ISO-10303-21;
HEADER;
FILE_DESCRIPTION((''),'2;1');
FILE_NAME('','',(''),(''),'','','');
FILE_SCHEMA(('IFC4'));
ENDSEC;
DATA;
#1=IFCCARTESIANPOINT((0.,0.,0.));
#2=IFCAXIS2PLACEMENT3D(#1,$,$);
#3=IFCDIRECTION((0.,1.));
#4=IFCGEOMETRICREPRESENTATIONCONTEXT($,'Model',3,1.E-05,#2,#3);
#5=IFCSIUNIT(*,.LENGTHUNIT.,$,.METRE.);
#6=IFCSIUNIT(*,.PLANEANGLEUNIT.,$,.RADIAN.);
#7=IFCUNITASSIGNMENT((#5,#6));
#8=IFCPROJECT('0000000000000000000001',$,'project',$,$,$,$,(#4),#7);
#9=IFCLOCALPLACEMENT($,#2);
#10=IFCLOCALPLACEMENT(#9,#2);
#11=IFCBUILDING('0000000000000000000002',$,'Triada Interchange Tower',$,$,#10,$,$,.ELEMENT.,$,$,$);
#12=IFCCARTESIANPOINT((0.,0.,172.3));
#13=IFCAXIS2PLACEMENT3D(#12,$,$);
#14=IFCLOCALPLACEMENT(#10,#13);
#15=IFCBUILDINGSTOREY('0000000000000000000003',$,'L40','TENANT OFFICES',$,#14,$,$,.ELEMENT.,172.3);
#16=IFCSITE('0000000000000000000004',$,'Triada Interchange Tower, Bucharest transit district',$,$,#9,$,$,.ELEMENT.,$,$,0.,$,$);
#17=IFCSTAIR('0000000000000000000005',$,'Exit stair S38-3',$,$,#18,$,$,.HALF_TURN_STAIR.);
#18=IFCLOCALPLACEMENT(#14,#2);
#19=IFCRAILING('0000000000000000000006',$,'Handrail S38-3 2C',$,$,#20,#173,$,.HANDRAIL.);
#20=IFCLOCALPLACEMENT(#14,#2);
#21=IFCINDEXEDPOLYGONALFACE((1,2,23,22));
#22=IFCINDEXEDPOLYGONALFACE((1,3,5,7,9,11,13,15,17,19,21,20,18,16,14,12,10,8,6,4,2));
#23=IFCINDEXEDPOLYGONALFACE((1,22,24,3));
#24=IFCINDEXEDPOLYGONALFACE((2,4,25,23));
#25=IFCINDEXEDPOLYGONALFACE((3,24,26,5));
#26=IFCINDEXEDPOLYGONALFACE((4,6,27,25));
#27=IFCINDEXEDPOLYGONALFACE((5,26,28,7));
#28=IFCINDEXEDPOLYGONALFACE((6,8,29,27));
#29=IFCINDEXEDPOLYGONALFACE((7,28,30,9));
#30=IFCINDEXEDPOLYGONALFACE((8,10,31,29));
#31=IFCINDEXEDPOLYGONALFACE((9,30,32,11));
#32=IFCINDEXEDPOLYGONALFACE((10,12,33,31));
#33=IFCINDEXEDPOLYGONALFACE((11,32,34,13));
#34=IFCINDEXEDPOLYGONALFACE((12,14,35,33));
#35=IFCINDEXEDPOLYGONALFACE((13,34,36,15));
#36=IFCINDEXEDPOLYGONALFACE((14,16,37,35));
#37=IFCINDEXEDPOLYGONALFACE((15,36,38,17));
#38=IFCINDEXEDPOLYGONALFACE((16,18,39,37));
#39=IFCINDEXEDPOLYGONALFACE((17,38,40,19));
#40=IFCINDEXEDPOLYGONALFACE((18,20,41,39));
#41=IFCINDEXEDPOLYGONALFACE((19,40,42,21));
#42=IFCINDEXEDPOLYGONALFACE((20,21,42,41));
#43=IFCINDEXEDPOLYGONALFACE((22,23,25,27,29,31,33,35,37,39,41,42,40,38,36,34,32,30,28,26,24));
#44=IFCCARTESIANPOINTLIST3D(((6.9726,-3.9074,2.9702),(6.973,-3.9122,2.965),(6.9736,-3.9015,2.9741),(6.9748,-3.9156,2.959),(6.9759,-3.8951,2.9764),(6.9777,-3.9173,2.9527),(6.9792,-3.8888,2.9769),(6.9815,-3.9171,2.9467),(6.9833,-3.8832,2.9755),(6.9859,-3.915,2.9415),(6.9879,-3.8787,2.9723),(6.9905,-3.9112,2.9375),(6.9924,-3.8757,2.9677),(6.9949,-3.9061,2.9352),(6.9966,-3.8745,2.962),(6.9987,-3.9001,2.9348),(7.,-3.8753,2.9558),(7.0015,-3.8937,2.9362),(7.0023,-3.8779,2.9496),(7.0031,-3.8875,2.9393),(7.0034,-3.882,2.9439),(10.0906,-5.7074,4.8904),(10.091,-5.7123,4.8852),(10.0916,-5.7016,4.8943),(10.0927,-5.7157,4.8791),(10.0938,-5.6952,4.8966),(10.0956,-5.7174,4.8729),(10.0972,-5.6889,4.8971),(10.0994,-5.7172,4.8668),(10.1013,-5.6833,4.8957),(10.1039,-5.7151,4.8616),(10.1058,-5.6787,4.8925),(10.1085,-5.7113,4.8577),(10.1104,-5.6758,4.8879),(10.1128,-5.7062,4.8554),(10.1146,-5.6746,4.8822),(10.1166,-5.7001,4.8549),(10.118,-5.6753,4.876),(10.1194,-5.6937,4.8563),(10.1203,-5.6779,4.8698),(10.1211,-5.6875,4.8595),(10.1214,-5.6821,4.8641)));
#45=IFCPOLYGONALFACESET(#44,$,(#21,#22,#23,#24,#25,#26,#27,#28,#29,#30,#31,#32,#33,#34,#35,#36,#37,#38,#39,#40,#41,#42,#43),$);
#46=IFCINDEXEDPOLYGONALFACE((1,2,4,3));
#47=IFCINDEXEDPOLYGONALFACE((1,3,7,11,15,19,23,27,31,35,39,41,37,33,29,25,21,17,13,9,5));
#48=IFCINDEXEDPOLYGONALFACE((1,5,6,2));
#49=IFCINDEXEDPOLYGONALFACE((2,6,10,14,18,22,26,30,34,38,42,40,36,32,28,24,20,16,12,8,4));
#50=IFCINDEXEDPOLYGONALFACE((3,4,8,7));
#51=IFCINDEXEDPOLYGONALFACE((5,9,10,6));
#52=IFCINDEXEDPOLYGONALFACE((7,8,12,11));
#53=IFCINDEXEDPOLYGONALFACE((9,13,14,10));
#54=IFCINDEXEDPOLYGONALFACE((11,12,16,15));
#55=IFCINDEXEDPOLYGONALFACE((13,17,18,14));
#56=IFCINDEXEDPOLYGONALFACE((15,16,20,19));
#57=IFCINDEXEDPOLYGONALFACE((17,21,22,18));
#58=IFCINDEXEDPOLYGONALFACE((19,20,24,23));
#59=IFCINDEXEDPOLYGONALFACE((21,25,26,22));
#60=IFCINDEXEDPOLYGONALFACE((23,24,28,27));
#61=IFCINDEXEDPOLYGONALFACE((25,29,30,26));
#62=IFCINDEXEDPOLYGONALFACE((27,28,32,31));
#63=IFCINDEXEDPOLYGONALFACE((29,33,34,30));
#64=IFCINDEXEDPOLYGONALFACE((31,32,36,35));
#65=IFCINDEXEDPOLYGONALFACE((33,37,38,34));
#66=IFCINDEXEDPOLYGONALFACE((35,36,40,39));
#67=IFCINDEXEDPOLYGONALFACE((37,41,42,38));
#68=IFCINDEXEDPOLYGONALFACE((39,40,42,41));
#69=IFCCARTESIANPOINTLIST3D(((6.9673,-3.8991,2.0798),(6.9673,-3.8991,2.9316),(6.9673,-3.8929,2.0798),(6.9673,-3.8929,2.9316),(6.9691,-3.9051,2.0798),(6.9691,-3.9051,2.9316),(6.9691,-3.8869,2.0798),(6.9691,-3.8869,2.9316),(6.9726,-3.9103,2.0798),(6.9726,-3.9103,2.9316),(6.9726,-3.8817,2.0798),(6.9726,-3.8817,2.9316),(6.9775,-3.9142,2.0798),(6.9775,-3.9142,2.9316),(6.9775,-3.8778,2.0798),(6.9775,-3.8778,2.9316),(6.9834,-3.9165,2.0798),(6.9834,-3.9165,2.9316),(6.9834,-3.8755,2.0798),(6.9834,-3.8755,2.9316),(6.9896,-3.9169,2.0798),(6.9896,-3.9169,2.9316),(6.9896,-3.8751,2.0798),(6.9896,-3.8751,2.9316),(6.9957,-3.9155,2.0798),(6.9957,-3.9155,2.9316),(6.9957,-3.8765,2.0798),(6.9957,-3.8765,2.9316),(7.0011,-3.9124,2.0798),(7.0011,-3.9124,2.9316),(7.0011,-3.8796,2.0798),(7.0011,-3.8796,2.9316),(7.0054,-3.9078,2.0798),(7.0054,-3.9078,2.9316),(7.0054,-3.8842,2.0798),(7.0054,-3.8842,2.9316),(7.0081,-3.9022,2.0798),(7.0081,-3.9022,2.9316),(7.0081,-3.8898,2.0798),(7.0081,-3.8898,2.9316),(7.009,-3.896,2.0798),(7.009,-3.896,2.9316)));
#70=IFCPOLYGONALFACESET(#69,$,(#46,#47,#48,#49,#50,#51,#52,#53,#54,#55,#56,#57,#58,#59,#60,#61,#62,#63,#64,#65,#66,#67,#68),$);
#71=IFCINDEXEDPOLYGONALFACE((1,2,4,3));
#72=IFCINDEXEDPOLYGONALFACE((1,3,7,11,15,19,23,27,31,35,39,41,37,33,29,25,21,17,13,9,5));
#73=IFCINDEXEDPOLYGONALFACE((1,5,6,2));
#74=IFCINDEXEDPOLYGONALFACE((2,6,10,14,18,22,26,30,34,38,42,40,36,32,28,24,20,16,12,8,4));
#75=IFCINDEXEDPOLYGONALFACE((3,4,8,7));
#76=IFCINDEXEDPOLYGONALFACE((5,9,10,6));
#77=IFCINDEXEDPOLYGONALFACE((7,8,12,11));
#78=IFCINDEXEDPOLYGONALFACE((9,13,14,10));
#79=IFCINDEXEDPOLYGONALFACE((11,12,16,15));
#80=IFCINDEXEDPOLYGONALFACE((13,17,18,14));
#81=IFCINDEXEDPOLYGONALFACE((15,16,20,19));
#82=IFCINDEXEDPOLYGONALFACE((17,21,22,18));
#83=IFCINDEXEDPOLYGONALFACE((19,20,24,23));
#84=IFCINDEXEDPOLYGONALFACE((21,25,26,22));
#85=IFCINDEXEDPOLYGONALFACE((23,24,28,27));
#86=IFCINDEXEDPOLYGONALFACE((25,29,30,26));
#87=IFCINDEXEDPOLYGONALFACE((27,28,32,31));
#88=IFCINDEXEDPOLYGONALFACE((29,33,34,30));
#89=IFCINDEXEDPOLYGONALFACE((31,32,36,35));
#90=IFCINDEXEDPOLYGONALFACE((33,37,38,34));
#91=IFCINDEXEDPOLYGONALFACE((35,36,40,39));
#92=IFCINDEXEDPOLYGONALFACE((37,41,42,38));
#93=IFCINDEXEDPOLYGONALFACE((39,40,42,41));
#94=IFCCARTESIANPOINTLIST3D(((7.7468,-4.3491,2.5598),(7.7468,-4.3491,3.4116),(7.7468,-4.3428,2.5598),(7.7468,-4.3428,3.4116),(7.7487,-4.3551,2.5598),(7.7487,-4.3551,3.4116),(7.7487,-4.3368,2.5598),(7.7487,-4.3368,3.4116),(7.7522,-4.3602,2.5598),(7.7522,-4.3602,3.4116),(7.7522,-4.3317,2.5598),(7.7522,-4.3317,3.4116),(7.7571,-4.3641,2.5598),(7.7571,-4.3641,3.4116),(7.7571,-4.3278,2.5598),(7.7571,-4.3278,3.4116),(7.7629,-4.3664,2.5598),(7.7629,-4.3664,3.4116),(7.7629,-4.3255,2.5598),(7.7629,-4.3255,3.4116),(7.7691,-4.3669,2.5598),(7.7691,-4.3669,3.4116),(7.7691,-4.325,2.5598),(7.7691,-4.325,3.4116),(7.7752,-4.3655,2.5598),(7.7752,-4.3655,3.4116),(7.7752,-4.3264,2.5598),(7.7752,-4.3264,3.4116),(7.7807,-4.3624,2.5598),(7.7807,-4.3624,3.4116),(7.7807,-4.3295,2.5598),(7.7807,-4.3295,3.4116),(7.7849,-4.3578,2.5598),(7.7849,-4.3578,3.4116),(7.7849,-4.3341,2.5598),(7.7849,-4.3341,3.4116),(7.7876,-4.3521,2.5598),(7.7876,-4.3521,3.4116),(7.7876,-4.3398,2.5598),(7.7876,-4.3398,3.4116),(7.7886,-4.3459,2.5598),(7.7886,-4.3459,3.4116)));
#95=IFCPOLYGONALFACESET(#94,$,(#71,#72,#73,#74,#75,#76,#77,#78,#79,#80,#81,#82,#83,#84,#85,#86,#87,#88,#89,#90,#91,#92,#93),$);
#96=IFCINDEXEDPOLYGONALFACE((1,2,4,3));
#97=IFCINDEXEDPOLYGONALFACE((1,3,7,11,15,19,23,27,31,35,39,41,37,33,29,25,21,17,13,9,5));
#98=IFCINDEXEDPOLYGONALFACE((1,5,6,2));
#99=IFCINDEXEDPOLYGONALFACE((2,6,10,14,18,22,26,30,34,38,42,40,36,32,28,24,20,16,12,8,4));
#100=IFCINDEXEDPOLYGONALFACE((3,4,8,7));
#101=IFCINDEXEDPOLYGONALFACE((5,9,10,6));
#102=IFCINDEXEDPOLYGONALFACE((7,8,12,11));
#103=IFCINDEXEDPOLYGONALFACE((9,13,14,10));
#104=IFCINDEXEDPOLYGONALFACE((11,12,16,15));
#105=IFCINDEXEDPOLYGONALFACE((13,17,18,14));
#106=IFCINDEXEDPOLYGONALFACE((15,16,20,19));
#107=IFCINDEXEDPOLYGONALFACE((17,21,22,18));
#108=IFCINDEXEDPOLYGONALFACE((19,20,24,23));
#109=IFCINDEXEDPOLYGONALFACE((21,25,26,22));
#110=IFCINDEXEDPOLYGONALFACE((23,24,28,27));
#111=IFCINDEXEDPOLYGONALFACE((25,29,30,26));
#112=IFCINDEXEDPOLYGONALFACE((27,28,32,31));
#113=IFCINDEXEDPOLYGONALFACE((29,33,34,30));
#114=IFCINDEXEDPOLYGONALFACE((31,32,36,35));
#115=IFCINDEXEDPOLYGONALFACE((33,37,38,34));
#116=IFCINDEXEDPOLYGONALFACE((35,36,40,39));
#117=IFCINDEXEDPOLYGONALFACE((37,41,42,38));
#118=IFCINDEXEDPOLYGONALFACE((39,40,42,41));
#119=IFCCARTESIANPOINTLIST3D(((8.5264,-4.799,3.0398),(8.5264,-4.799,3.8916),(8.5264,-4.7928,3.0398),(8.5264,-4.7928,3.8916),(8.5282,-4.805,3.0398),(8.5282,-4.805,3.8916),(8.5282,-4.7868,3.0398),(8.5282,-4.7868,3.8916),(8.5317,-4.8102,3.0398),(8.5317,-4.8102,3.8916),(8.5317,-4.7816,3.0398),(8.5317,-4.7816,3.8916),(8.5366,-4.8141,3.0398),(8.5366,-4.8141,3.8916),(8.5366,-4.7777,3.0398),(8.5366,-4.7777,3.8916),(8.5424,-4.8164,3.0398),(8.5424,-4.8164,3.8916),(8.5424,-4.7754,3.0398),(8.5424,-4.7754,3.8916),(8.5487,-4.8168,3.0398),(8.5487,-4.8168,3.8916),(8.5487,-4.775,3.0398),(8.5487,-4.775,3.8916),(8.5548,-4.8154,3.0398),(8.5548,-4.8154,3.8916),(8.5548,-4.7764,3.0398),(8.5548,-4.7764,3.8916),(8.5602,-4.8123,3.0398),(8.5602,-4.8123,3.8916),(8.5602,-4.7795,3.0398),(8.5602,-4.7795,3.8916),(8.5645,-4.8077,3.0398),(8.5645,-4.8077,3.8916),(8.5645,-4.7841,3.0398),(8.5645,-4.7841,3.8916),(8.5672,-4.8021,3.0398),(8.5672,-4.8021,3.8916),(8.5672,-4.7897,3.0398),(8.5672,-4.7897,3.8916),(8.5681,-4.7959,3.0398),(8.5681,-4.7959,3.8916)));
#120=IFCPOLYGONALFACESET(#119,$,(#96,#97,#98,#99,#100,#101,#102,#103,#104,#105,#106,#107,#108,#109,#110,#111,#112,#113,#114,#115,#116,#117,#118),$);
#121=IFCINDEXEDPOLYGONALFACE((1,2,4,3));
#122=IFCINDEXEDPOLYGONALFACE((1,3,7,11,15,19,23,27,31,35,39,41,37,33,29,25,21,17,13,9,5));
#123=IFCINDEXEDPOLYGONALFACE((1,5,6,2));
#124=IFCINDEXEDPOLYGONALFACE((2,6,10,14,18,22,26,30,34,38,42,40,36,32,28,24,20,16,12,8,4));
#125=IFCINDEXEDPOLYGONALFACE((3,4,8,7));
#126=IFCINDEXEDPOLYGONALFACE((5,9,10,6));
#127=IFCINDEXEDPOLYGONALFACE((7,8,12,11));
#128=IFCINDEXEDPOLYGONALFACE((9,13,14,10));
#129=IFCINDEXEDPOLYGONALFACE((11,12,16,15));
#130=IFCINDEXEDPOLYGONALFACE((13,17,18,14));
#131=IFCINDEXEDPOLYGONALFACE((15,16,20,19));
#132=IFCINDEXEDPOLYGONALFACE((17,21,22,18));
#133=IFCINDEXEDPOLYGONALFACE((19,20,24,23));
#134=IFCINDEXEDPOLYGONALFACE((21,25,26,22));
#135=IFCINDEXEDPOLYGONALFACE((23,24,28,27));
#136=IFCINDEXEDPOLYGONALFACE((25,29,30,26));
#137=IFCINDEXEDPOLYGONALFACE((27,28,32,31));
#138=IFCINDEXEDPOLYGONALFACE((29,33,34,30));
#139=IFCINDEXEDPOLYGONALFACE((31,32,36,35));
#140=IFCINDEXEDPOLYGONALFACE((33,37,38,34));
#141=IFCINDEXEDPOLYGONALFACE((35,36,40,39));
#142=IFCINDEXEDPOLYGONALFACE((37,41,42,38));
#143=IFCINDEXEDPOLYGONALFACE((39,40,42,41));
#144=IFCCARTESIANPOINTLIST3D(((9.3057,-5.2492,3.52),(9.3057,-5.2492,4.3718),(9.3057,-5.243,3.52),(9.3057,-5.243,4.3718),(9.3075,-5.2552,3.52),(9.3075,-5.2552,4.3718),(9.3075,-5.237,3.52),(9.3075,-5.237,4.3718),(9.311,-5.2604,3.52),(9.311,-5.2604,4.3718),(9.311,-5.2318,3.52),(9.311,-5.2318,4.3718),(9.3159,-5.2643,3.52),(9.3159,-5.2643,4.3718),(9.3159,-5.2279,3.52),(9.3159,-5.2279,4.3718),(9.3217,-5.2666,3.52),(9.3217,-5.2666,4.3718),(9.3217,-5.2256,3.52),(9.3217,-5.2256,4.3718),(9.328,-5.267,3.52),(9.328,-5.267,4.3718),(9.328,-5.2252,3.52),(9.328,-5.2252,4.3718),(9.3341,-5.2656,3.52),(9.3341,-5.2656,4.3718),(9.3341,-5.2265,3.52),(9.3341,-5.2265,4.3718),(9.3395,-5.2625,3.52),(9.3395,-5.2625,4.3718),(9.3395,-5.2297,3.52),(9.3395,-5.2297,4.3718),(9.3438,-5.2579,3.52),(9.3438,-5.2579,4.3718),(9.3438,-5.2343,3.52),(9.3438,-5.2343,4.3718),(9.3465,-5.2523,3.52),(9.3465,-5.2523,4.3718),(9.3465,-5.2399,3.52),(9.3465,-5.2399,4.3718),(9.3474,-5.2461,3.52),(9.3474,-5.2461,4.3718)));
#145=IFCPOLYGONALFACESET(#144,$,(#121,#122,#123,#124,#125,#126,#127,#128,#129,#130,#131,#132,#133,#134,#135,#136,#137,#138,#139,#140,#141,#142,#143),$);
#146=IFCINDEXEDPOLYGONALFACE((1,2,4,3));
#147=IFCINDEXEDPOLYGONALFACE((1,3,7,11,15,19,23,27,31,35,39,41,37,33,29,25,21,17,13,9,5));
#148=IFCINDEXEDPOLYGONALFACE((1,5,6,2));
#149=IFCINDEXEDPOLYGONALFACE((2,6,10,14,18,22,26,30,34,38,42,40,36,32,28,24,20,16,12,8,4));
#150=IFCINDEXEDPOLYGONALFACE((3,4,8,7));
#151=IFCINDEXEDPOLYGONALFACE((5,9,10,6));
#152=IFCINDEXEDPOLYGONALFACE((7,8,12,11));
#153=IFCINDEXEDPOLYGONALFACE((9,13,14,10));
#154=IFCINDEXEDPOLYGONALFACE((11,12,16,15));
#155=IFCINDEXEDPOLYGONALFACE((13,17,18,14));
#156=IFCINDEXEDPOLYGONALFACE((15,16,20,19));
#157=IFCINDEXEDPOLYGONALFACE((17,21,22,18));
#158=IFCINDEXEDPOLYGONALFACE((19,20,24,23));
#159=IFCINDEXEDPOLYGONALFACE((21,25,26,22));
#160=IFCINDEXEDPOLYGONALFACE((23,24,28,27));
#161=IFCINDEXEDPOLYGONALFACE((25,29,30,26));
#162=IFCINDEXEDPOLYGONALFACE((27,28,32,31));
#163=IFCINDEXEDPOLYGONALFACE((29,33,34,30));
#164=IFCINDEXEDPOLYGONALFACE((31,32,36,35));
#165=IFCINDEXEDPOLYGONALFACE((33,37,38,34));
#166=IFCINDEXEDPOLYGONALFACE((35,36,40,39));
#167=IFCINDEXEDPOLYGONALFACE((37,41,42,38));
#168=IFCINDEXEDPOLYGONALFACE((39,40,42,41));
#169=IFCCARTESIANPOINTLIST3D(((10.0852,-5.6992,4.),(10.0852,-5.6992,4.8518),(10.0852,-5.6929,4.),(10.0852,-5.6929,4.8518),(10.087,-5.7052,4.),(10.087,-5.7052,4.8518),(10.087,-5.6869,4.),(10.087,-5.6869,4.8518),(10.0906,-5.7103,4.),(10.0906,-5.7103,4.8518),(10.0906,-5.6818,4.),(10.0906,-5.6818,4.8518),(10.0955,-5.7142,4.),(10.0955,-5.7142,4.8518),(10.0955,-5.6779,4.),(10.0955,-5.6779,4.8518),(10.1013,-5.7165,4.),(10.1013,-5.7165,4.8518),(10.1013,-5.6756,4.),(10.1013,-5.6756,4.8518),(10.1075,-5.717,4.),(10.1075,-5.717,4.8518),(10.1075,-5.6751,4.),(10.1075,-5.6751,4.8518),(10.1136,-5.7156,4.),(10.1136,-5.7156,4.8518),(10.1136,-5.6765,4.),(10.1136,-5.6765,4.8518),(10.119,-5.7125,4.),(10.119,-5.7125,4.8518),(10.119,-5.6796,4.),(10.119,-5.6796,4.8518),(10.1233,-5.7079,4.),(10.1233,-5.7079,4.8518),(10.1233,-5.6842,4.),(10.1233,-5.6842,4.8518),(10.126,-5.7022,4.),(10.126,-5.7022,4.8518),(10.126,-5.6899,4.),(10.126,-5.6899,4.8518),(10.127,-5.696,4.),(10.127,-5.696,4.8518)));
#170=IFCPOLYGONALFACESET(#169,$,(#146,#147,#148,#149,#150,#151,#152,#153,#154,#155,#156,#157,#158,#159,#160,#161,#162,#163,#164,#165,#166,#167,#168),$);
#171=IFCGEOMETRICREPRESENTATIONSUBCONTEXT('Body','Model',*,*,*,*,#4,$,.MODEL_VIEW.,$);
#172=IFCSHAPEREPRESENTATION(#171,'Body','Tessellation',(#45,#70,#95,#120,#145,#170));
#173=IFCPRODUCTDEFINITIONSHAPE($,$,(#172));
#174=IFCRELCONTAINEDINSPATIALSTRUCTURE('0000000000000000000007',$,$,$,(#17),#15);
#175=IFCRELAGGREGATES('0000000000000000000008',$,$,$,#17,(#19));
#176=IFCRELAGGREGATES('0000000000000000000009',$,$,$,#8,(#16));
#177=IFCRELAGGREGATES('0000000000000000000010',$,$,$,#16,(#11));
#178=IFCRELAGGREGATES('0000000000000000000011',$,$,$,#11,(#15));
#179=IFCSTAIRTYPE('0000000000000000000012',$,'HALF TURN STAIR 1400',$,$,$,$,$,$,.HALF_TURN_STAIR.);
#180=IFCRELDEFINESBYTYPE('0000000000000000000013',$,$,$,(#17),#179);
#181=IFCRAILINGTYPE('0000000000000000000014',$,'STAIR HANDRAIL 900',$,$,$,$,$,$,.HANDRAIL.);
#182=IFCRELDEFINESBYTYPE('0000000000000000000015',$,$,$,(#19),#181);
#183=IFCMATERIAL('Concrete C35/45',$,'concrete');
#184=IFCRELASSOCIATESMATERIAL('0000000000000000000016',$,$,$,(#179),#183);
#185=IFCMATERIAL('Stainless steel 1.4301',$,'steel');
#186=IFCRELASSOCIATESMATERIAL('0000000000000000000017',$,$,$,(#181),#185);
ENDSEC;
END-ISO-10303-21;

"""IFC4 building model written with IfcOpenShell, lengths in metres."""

from ifc_helpers import new_model, si_unit, direction, frame, origin, origin_2d, place, context, subcontext, project, spatial, circle, extrude, material, type_object, element, aggregate, save


model = new_model("IFC4")

# Units and contexts
model_context = context("Model", 3, precision=1e-05, world=origin(), true_north=direction((0.0, 1.0)))
body_context = subcontext(model_context, "Body", "Model", "MODEL_VIEW")
ifc_project = project(units=[si_unit("LENGTHUNIT", "METRE"), si_unit("PLANEANGLEUNIT", "RADIAN")], contexts=[model_context])

# Site, building, storey
site_placement = place(None, origin())
site = spatial("IfcSite", under=ifc_project, at=site_placement, Name="Triada Interchange Tower, Bucharest transit district", CompositionType="ELEMENT", RefElevation=0.0)
building_placement = place(site_placement, origin())
building = spatial("IfcBuilding", under=site, at=building_placement, Name="Triada Interchange Tower", CompositionType="ELEMENT")
storey_placement = place(building_placement, frame((0.0, 0.0, 172.3)))
storey = spatial("IfcBuildingStorey", under=building, at=storey_placement, Name="L40", Description="TENANT OFFICES", CompositionType="ELEMENT", Elevation=172.3)

# Stair, railing
ifc_material_1 = material(Name="Concrete C35/45", Category="concrete")
stair_type = type_object("IfcStairType", Name="HALF TURN STAIR 1400", PredefinedType="HALF_TURN_STAIR", material=ifc_material_1)
stair_placement = place(storey_placement, origin())
stair = element("IfcStair", 1, at=stair_placement, inside=storey, type_object=stair_type, Name="Exit stair S38-3", PredefinedType="HALF_TURN_STAIR")
ifc_material_2 = material(Name="Stainless steel 1.4301", Category="steel")
railing_type = type_object("IfcRailingType", Name="STAIR HANDRAIL 900", PredefinedType="HANDRAIL", material=ifc_material_2)
railing_1_placement = place(storey_placement, frame((6.988, -3.896, 2.0798)))
railing_1 = element("IfcRailing", 2, at=railing_1_placement, type_object=railing_type, Name="Handrail S38-3 2C", PredefinedType="HANDRAIL", context=body_context, shape_type="SweptSolid", body=[
    extrude(circle(Radius=0.0239, at=origin_2d()), frame((0.0, 0.0, 0.876), z_axis=(0.764145, -0.441159, 0.470597), x_axis=(0.499983, 0.866035, 0.0)), (0.0, 0.0, 1.0), 4.0803),
    extrude(circle(Radius=0.021, at=origin_2d()), origin(), (0.0, 0.0, 1.0), 0.8518),
    extrude(circle(Radius=0.021, at=origin_2d()), frame((0.7795, -0.45, 0.48)), (0.0, 0.0, 1.0), 0.8518),
    extrude(circle(Radius=0.021, at=origin_2d()), frame((1.5591, -0.8999, 0.96)), (0.0, 0.0, 1.0), 0.8518),
    extrude(circle(Radius=0.021, at=origin_2d()), frame((2.3384, -1.3501, 1.4402)), (0.0, 0.0, 1.0), 0.8518),
    extrude(circle(Radius=0.021, at=origin_2d()), frame((3.1179, -1.8, 1.9202)), (0.0, 0.0, 1.0), 0.8518),
])
aggregate(stair, [railing_1])

save(model, "model.ifc")
